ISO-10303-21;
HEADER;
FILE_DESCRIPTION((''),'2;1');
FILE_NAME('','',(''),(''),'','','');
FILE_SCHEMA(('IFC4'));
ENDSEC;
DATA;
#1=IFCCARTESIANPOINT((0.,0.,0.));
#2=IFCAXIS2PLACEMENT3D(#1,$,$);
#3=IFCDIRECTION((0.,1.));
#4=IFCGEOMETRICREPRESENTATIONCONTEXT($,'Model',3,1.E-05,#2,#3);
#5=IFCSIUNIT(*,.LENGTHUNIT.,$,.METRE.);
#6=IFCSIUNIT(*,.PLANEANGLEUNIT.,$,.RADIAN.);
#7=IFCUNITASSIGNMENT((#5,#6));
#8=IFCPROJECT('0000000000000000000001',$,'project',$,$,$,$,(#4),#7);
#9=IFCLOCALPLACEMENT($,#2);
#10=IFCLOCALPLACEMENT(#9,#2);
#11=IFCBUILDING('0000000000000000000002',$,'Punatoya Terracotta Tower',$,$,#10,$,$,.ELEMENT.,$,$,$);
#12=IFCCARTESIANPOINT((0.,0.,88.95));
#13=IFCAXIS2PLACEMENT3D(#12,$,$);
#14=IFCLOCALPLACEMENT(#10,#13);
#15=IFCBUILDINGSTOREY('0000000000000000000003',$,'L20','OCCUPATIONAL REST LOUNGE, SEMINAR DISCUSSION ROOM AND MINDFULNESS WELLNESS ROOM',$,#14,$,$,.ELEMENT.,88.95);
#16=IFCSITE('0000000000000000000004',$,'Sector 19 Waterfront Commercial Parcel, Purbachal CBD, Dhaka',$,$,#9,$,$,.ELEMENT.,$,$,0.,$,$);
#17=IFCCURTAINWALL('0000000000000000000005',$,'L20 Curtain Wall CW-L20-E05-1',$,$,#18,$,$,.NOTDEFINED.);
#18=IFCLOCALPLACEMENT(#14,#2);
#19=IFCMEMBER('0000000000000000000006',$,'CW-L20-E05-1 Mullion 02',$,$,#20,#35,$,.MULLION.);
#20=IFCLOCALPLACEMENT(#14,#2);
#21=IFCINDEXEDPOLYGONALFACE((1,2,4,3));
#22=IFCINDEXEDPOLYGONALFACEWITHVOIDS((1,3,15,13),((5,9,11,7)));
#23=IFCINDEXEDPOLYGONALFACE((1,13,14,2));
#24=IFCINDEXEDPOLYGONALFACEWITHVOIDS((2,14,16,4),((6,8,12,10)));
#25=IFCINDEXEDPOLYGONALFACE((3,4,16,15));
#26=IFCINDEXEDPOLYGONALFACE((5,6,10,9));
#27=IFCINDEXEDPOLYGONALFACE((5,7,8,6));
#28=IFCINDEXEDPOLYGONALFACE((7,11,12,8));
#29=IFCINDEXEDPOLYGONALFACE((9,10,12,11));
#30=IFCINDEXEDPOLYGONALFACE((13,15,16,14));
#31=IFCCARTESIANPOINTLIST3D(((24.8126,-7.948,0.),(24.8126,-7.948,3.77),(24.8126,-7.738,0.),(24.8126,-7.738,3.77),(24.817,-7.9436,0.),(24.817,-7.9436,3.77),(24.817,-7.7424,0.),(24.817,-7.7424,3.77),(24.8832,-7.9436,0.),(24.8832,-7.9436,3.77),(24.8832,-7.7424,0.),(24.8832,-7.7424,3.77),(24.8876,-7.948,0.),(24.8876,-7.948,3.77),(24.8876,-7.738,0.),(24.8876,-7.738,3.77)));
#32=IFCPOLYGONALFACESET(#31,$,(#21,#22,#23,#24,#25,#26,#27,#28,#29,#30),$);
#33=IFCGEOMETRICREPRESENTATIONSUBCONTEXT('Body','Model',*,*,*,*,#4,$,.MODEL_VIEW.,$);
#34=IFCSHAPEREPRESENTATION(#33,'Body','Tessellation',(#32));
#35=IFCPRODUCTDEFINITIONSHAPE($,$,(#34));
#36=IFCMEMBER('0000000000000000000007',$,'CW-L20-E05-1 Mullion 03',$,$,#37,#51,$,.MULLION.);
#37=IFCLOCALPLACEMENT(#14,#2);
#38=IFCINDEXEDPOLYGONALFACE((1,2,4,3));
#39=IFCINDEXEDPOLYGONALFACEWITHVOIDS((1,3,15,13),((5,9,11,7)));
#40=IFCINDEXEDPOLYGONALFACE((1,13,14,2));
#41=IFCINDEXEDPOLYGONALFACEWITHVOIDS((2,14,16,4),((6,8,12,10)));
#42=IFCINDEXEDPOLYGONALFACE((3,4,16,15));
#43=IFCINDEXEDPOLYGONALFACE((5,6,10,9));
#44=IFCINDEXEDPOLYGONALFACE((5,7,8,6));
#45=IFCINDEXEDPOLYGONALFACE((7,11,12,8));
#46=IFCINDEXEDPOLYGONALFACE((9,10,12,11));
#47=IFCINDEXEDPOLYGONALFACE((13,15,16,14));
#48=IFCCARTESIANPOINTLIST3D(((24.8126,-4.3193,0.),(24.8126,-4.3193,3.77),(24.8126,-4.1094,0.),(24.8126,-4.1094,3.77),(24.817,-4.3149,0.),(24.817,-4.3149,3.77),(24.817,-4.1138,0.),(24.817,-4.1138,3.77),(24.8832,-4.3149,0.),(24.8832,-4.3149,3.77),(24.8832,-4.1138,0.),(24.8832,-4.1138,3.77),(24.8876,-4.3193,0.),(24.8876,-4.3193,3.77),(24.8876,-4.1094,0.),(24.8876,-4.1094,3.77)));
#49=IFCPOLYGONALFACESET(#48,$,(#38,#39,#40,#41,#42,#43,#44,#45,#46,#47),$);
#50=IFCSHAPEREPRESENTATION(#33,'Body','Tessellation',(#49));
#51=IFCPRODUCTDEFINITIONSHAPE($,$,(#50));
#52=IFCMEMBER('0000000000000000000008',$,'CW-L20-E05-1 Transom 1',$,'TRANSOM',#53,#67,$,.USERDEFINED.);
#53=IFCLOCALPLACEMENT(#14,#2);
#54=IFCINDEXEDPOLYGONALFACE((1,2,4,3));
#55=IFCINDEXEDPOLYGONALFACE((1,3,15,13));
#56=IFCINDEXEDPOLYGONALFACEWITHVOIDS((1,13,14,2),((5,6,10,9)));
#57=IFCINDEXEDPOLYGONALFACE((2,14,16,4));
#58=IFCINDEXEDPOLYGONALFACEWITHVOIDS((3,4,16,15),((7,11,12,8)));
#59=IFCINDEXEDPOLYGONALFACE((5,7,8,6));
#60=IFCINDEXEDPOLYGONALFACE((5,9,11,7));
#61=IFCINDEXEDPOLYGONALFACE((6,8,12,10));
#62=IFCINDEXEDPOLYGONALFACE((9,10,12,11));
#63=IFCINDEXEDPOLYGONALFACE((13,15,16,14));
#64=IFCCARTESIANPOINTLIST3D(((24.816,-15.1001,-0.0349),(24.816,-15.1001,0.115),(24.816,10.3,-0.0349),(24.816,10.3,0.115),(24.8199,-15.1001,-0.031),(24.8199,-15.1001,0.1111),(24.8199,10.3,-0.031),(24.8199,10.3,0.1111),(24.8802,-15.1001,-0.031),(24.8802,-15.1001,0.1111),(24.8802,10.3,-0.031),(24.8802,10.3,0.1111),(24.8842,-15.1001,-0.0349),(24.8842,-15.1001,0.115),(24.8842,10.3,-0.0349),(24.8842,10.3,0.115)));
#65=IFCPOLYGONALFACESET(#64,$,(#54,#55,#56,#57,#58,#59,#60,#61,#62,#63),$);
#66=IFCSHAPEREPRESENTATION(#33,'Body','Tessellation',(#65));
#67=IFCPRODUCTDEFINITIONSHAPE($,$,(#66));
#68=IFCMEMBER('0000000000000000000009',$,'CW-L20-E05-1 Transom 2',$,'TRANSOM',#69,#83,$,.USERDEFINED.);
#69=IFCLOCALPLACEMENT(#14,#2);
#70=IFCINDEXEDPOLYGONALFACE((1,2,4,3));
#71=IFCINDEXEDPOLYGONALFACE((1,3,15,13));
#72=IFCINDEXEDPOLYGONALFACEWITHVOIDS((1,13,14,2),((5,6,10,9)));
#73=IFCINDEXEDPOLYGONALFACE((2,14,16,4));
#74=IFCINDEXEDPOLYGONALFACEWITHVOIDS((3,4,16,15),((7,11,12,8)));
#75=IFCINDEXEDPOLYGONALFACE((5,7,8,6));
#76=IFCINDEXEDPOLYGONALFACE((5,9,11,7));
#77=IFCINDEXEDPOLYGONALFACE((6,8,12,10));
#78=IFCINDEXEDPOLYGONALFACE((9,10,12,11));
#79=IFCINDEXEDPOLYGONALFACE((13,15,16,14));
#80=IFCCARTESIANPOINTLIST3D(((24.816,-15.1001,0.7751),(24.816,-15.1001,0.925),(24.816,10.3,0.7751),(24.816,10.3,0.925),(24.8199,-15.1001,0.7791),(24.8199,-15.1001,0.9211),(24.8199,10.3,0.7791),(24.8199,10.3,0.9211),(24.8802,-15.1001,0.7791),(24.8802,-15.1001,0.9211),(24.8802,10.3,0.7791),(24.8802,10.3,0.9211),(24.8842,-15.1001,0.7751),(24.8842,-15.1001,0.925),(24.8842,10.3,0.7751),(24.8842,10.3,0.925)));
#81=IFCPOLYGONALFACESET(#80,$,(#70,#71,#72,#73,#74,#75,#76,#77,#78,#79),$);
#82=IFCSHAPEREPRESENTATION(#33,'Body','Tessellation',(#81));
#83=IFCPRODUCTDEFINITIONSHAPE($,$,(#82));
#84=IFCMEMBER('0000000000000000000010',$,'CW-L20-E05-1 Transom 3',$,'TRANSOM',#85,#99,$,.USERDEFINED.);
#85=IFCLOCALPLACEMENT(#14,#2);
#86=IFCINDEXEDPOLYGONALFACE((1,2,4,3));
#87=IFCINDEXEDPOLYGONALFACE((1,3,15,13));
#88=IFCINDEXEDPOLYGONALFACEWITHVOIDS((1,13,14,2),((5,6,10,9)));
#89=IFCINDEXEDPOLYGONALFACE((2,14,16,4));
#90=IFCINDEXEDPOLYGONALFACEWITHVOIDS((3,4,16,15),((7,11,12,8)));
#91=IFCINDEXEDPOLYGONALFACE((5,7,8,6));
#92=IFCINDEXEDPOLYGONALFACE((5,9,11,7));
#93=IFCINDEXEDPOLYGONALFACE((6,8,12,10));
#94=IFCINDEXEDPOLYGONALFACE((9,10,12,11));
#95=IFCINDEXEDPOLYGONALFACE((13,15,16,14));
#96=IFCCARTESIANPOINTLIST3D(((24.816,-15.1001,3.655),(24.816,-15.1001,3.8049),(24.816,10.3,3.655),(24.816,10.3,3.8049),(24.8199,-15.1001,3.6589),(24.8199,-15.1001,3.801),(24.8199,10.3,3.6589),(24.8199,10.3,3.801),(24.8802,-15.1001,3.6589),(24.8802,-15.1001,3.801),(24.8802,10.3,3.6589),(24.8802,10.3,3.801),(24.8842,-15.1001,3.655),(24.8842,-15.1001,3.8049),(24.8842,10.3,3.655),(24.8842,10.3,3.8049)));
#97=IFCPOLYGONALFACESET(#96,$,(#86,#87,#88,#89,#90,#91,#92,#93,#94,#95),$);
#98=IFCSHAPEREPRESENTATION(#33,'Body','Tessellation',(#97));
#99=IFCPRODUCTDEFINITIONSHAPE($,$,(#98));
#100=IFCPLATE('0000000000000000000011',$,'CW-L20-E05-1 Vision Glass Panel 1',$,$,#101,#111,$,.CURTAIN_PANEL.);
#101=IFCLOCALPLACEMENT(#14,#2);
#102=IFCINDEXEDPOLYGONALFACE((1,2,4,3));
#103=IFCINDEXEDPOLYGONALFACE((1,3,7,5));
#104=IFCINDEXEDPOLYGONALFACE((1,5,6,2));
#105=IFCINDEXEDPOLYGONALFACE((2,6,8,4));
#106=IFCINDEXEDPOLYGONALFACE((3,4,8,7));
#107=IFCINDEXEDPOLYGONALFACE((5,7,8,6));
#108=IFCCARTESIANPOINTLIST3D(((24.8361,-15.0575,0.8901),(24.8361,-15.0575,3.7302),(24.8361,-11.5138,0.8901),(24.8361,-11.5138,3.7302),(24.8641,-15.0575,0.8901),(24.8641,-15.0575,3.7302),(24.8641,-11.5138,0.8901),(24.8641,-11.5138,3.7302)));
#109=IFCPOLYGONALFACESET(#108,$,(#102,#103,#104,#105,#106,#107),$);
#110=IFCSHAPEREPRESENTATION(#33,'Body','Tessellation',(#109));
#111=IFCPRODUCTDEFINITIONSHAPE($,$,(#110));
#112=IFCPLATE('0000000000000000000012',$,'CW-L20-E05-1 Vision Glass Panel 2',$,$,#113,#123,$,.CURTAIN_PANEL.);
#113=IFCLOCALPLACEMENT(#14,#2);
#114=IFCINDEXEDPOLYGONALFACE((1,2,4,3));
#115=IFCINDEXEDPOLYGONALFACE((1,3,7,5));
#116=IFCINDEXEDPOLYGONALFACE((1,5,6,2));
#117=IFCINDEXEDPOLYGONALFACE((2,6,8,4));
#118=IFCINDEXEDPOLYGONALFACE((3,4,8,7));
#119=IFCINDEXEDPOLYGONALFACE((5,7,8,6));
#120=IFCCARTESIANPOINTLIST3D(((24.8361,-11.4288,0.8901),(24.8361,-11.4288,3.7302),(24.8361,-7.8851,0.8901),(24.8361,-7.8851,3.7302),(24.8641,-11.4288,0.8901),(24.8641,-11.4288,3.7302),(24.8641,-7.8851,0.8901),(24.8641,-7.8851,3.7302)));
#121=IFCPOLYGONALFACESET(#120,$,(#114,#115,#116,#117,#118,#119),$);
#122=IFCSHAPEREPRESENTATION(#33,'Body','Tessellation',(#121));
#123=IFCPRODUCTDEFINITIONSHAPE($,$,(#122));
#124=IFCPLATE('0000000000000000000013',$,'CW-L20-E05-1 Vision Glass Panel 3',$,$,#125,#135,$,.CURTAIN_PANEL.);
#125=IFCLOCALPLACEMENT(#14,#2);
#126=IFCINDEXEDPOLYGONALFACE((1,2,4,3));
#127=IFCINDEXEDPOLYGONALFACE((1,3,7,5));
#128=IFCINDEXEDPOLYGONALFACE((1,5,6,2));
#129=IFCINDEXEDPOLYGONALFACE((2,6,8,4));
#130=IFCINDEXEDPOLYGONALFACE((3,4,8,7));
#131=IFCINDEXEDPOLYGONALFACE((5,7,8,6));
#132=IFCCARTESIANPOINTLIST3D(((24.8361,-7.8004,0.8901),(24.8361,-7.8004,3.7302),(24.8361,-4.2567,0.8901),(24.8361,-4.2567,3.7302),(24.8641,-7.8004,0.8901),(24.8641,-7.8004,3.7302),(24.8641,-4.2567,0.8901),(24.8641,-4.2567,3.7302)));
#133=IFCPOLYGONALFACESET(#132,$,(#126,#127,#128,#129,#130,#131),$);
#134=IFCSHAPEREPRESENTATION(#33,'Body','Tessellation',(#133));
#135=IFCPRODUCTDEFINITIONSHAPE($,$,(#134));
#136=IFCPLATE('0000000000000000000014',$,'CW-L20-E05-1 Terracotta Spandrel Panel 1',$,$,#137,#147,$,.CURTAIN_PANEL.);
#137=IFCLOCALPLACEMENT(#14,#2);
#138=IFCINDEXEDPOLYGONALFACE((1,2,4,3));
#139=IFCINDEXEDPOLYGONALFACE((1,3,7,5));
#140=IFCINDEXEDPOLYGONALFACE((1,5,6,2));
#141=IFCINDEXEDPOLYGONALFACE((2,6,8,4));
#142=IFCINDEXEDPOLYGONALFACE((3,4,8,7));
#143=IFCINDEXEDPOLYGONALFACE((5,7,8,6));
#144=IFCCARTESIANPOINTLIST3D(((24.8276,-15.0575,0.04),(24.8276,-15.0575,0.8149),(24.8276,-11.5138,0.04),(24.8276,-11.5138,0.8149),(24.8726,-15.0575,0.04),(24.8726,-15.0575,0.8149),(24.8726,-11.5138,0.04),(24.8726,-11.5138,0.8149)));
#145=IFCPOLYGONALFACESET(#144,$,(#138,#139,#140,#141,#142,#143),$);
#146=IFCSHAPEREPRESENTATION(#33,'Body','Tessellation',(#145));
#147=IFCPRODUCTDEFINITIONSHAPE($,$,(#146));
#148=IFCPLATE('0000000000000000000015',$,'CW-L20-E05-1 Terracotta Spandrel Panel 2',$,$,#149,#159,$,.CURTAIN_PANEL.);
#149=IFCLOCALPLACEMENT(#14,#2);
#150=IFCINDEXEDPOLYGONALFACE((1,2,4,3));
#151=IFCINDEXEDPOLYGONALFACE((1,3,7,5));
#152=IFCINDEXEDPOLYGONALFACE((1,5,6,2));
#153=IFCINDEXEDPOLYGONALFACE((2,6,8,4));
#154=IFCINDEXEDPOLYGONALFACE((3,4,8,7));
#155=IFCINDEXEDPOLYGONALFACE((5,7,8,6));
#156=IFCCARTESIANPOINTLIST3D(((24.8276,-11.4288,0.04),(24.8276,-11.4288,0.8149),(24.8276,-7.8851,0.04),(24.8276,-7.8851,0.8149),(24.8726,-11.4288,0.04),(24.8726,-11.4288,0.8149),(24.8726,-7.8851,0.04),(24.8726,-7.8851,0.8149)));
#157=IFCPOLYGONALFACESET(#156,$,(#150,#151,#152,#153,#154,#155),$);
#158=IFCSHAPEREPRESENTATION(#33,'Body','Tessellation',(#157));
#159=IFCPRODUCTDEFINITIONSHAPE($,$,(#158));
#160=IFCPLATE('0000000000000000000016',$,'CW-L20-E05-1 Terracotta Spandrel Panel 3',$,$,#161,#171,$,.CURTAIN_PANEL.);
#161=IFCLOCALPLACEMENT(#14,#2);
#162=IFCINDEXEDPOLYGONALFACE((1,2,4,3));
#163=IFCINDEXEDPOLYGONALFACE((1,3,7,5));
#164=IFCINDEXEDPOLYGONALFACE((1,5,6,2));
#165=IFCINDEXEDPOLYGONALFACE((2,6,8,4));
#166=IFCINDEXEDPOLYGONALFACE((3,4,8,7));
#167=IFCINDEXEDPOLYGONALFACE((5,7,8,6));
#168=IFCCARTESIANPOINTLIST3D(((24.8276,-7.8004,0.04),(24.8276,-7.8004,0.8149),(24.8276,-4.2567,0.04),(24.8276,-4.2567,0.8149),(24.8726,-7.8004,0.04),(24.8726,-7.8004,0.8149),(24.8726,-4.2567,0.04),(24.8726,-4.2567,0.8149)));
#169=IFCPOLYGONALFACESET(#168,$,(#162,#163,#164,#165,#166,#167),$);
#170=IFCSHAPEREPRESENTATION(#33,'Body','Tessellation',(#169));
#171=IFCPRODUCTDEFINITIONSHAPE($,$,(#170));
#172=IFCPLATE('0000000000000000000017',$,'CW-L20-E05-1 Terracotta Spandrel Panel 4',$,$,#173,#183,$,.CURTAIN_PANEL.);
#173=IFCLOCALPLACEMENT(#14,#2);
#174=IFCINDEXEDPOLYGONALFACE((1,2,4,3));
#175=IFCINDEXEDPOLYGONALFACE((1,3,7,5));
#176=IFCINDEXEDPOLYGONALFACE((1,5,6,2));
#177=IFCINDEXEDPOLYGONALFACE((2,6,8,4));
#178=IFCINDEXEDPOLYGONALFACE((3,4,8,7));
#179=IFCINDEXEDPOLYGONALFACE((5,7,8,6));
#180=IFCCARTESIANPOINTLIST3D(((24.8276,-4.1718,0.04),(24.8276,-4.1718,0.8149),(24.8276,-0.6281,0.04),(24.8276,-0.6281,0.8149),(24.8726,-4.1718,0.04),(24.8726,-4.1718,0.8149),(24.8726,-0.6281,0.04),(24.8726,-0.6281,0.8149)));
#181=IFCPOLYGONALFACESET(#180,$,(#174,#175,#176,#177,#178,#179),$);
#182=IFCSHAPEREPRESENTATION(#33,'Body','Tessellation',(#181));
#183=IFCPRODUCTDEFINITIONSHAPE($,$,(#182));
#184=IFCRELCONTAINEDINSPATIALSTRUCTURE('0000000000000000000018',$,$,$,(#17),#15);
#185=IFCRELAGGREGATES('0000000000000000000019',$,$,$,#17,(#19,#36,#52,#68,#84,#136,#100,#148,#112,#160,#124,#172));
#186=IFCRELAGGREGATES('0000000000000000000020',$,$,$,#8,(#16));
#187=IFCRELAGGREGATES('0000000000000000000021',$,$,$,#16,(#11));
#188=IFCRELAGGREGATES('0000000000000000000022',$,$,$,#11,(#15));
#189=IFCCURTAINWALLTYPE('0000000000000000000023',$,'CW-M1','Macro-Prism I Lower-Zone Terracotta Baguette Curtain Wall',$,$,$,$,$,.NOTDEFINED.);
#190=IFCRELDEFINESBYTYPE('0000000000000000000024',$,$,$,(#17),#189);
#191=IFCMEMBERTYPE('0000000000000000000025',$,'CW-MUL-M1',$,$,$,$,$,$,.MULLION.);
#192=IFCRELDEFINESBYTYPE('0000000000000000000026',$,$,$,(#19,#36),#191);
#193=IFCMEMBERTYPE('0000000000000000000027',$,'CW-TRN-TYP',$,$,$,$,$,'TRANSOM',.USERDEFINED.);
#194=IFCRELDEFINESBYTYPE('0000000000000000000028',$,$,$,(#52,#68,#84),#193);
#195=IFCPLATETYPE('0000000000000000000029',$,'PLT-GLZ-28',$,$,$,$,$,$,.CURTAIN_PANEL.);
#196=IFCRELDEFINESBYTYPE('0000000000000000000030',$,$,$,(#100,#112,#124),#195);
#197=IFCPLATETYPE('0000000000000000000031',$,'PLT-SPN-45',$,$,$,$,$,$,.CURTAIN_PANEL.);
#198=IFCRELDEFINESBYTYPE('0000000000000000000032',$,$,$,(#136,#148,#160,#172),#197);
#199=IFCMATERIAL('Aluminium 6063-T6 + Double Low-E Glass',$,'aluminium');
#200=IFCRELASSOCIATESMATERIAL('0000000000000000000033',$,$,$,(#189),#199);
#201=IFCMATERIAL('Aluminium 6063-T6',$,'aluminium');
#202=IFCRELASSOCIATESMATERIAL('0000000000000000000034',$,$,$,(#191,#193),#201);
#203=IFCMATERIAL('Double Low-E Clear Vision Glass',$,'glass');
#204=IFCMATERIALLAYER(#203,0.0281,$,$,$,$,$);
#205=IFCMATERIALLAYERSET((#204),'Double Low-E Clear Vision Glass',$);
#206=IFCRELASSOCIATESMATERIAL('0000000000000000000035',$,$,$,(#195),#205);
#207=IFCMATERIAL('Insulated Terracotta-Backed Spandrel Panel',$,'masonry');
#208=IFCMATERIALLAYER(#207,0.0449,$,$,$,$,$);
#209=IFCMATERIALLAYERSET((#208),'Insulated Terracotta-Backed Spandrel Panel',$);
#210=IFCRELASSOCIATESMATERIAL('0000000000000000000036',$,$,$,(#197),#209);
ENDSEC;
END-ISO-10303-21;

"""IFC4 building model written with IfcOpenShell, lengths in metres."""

from ifc_helpers import new_model, si_unit, direction, frame, origin, origin_2d, place, context, subcontext, project, spatial, rectangle, hollow_rectangle, extrude, material, layer, layer_set, material_profile, profile_set, type_object, element, aggregate, save


model = new_model("IFC4")

# Units and contexts
model_context = context("Model", 3, precision=1e-05, world=origin(), true_north=direction((0.0, 1.0)))
body_context = subcontext(model_context, "Body", "Model", "MODEL_VIEW")
ifc_project = project(units=[si_unit("LENGTHUNIT", "METRE"), si_unit("PLANEANGLEUNIT", "RADIAN")], contexts=[model_context])

# Site, building, storey
site_placement = place(None, origin())
site = spatial("IfcSite", under=ifc_project, at=site_placement, Name="Sector 19 Waterfront Commercial Parcel, Purbachal CBD, Dhaka", CompositionType="ELEMENT", RefElevation=0.0)
building_placement = place(site_placement, origin())
building = spatial("IfcBuilding", under=site, at=building_placement, Name="Punatoya Terracotta Tower", CompositionType="ELEMENT")
storey_placement = place(building_placement, frame((0.0, 0.0, 88.95)))
storey = spatial("IfcBuildingStorey", under=building, at=storey_placement, Name="L20", Description="OCCUPATIONAL REST LOUNGE, SEMINAR DISCUSSION ROOM AND MINDFULNESS WELLNESS ROOM", CompositionType="ELEMENT", Elevation=88.95)

# Curtain wall, members, plates
ifc_material_1 = material(Name="Aluminium 6063-T6 + Double Low-E Glass", Category="aluminium")
curtain_wall_type = type_object("IfcCurtainWallType", Name="CW-M1", Description="Macro-Prism I Lower-Zone Terracotta Baguette Curtain Wall", PredefinedType="NOTDEFINED", material=ifc_material_1)
curtain_wall_placement = place(storey_placement, origin())
curtain_wall = element("IfcCurtainWall", 1, at=curtain_wall_placement, inside=storey, type_object=curtain_wall_type, Name="L20 Curtain Wall CW-L20-E05-1", PredefinedType="NOTDEFINED")
ifc_material_2 = material(Name="Aluminium 6063-T6", Category="aluminium")
ifc_material_profile_1 = material_profile(ifc_material_2, hollow_rectangle(XDim=0.075, YDim=0.21, WallThickness=0.0044, at=origin_2d()))
ifc_profile_set_1 = profile_set([ifc_material_profile_1], Name="Aluminium 6063-T6")
member_type_1 = type_object("IfcMemberType", Name="CW-MUL-M1", PredefinedType="MULLION", material=ifc_profile_set_1)
member_1_placement = place(storey_placement, frame((24.8501, -7.843, 0.0), z_axis=(0.0, 0.0, 1.0), x_axis=(1.0, 0.0, 0.0)))
member_1 = element("IfcMember", 2, at=member_1_placement, type_object=member_type_1, Name="CW-L20-E05-1 Mullion 02", PredefinedType="MULLION", context=body_context, shape_type="SweptSolid", body=[
    extrude(hollow_rectangle(XDim=0.075, YDim=0.21, WallThickness=0.0044, at=origin_2d()), origin(), (0.0, 0.0, 1.0), 3.77),
])
member_2_placement = place(storey_placement, frame((24.8501, -4.2144, 0.0), z_axis=(0.0, 0.0, 1.0), x_axis=(1.0, 0.0, 0.0)))
member_2 = element("IfcMember", 3, at=member_2_placement, type_object=member_type_1, Name="CW-L20-E05-1 Mullion 03", PredefinedType="MULLION", context=body_context, shape_type="SweptSolid", body=[
    extrude(hollow_rectangle(XDim=0.075, YDim=0.21, WallThickness=0.0044, at=origin_2d()), origin(), (0.0, 0.0, 1.0), 3.77),
])
ifc_material_profile_2 = material_profile(ifc_material_2, hollow_rectangle(XDim=0.0681, YDim=0.1499, WallThickness=0.0039, at=origin_2d()))
ifc_profile_set_2 = profile_set([ifc_material_profile_2], Name="Aluminium 6063-T6")
member_type_2 = type_object("IfcMemberType", Name="CW-TRN-TYP", ElementType="TRANSOM", PredefinedType="USERDEFINED", material=ifc_profile_set_2)
member_3_placement = place(storey_placement, frame((24.8501, -15.1001, 0.04), z_axis=(0.0, 1.0, 0.0), x_axis=(-1.0, 0.0, 0.0)))
member_3 = element("IfcMember", 4, at=member_3_placement, type_object=member_type_2, Name="CW-L20-E05-1 Transom 1", ObjectType="TRANSOM", PredefinedType="USERDEFINED", context=body_context, shape_type="SweptSolid", body=[
    extrude(hollow_rectangle(XDim=0.0681, YDim=0.1499, WallThickness=0.0039, at=origin_2d()), origin(), (0.0, 0.0, 1.0), 25.4001),
])
member_4_placement = place(storey_placement, frame((24.8501, -15.1001, 0.8501), z_axis=(0.0, 1.0, 0.0), x_axis=(-1.0, 0.0, 0.0)))
member_4 = element("IfcMember", 5, at=member_4_placement, type_object=member_type_2, Name="CW-L20-E05-1 Transom 2", ObjectType="TRANSOM", PredefinedType="USERDEFINED", context=body_context, shape_type="SweptSolid", body=[
    extrude(hollow_rectangle(XDim=0.0681, YDim=0.1499, WallThickness=0.0039, at=origin_2d()), origin(), (0.0, 0.0, 1.0), 25.4001),
])
member_5_placement = place(storey_placement, frame((24.8501, -15.1001, 3.73), z_axis=(0.0, 1.0, 0.0), x_axis=(-1.0, 0.0, 0.0)))
member_5 = element("IfcMember", 6, at=member_5_placement, type_object=member_type_2, Name="CW-L20-E05-1 Transom 3", ObjectType="TRANSOM", PredefinedType="USERDEFINED", context=body_context, shape_type="SweptSolid", body=[
    extrude(hollow_rectangle(XDim=0.0681, YDim=0.1499, WallThickness=0.0039, at=origin_2d()), origin(), (0.0, 0.0, 1.0), 25.4001),
])
ifc_material_3 = material(Name="Double Low-E Clear Vision Glass", Category="glass")
ifc_layer_1 = layer(ifc_material_3, 0.0281)
ifc_layer_set_1 = layer_set([ifc_layer_1], Name="Double Low-E Clear Vision Glass")
plate_type_1 = type_object("IfcPlateType", Name="PLT-GLZ-28", PredefinedType="CURTAIN_PANEL", material=ifc_layer_set_1)
plate_1_placement = place(storey_placement, frame((24.8501, -13.2856, 0.8901), z_axis=(0.0, 0.0, 1.0), x_axis=(0.0, 1.0, 0.0)))
plate_1 = element("IfcPlate", 7, at=plate_1_placement, type_object=plate_type_1, Name="CW-L20-E05-1 Vision Glass Panel 1", PredefinedType="CURTAIN_PANEL", context=body_context, shape_type="SweptSolid", body=[
    extrude(rectangle(XDim=3.5437, YDim=0.0281, at=origin_2d()), origin(), (0.0, 0.0, 1.0), 2.8401),
])
plate_2_placement = place(storey_placement, frame((24.8501, -9.657, 0.8901), z_axis=(0.0, 0.0, 1.0), x_axis=(0.0, 1.0, 0.0)))
plate_2 = element("IfcPlate", 8, at=plate_2_placement, type_object=plate_type_1, Name="CW-L20-E05-1 Vision Glass Panel 2", PredefinedType="CURTAIN_PANEL", context=body_context, shape_type="SweptSolid", body=[
    extrude(rectangle(XDim=3.5437, YDim=0.0281, at=origin_2d()), origin(), (0.0, 0.0, 1.0), 2.8401),
])
plate_3_placement = place(storey_placement, frame((24.8501, -6.0286, 0.8901), z_axis=(0.0, 0.0, 1.0), x_axis=(0.0, 1.0, 0.0)))
plate_3 = element("IfcPlate", 9, at=plate_3_placement, type_object=plate_type_1, Name="CW-L20-E05-1 Vision Glass Panel 3", PredefinedType="CURTAIN_PANEL", context=body_context, shape_type="SweptSolid", body=[
    extrude(rectangle(XDim=3.5437, YDim=0.0281, at=origin_2d()), origin(), (0.0, 0.0, 1.0), 2.8401),
])
ifc_material_4 = material(Name="Insulated Terracotta-Backed Spandrel Panel", Category="masonry")
ifc_layer_2 = layer(ifc_material_4, 0.0449)
ifc_layer_set_2 = layer_set([ifc_layer_2], Name="Insulated Terracotta-Backed Spandrel Panel")
plate_type_2 = type_object("IfcPlateType", Name="PLT-SPN-45", PredefinedType="CURTAIN_PANEL", material=ifc_layer_set_2)
plate_4_placement = place(storey_placement, frame((24.8501, -13.2856, 0.04), z_axis=(0.0, 0.0, 1.0), x_axis=(0.0, 1.0, 0.0)))
plate_4 = element("IfcPlate", 10, at=plate_4_placement, type_object=plate_type_2, Name="CW-L20-E05-1 Terracotta Spandrel Panel 1", PredefinedType="CURTAIN_PANEL", context=body_context, shape_type="SweptSolid", body=[
    extrude(rectangle(XDim=3.5437, YDim=0.0449, at=origin_2d()), origin(), (0.0, 0.0, 1.0), 0.7749),
])
plate_5_placement = place(storey_placement, frame((24.8501, -9.657, 0.04), z_axis=(0.0, 0.0, 1.0), x_axis=(0.0, 1.0, 0.0)))
plate_5 = element("IfcPlate", 11, at=plate_5_placement, type_object=plate_type_2, Name="CW-L20-E05-1 Terracotta Spandrel Panel 2", PredefinedType="CURTAIN_PANEL", context=body_context, shape_type="SweptSolid", body=[
    extrude(rectangle(XDim=3.5437, YDim=0.0449, at=origin_2d()), origin(), (0.0, 0.0, 1.0), 0.7749),
])
plate_6_placement = place(storey_placement, frame((24.8501, -6.0286, 0.04), z_axis=(0.0, 0.0, 1.0), x_axis=(0.0, 1.0, 0.0)))
plate_6 = element("IfcPlate", 12, at=plate_6_placement, type_object=plate_type_2, Name="CW-L20-E05-1 Terracotta Spandrel Panel 3", PredefinedType="CURTAIN_PANEL", context=body_context, shape_type="SweptSolid", body=[
    extrude(rectangle(XDim=3.5437, YDim=0.0449, at=origin_2d()), origin(), (0.0, 0.0, 1.0), 0.7749),
])
plate_7_placement = place(storey_placement, frame((24.8501, -2.3999, 0.04), z_axis=(0.0, 0.0, 1.0), x_axis=(0.0, 1.0, 0.0)))
plate_7 = element("IfcPlate", 13, at=plate_7_placement, type_object=plate_type_2, Name="CW-L20-E05-1 Terracotta Spandrel Panel 4", PredefinedType="CURTAIN_PANEL", context=body_context, shape_type="SweptSolid", body=[
    extrude(rectangle(XDim=3.5437, YDim=0.0449, at=origin_2d()), origin(), (0.0, 0.0, 1.0), 0.7749),
])
aggregate(curtain_wall, [member_1, member_2, member_3, member_4, member_5, plate_4, plate_1, plate_5, plate_2, plate_6, plate_3, plate_7])

save(model, "model.ifc")
